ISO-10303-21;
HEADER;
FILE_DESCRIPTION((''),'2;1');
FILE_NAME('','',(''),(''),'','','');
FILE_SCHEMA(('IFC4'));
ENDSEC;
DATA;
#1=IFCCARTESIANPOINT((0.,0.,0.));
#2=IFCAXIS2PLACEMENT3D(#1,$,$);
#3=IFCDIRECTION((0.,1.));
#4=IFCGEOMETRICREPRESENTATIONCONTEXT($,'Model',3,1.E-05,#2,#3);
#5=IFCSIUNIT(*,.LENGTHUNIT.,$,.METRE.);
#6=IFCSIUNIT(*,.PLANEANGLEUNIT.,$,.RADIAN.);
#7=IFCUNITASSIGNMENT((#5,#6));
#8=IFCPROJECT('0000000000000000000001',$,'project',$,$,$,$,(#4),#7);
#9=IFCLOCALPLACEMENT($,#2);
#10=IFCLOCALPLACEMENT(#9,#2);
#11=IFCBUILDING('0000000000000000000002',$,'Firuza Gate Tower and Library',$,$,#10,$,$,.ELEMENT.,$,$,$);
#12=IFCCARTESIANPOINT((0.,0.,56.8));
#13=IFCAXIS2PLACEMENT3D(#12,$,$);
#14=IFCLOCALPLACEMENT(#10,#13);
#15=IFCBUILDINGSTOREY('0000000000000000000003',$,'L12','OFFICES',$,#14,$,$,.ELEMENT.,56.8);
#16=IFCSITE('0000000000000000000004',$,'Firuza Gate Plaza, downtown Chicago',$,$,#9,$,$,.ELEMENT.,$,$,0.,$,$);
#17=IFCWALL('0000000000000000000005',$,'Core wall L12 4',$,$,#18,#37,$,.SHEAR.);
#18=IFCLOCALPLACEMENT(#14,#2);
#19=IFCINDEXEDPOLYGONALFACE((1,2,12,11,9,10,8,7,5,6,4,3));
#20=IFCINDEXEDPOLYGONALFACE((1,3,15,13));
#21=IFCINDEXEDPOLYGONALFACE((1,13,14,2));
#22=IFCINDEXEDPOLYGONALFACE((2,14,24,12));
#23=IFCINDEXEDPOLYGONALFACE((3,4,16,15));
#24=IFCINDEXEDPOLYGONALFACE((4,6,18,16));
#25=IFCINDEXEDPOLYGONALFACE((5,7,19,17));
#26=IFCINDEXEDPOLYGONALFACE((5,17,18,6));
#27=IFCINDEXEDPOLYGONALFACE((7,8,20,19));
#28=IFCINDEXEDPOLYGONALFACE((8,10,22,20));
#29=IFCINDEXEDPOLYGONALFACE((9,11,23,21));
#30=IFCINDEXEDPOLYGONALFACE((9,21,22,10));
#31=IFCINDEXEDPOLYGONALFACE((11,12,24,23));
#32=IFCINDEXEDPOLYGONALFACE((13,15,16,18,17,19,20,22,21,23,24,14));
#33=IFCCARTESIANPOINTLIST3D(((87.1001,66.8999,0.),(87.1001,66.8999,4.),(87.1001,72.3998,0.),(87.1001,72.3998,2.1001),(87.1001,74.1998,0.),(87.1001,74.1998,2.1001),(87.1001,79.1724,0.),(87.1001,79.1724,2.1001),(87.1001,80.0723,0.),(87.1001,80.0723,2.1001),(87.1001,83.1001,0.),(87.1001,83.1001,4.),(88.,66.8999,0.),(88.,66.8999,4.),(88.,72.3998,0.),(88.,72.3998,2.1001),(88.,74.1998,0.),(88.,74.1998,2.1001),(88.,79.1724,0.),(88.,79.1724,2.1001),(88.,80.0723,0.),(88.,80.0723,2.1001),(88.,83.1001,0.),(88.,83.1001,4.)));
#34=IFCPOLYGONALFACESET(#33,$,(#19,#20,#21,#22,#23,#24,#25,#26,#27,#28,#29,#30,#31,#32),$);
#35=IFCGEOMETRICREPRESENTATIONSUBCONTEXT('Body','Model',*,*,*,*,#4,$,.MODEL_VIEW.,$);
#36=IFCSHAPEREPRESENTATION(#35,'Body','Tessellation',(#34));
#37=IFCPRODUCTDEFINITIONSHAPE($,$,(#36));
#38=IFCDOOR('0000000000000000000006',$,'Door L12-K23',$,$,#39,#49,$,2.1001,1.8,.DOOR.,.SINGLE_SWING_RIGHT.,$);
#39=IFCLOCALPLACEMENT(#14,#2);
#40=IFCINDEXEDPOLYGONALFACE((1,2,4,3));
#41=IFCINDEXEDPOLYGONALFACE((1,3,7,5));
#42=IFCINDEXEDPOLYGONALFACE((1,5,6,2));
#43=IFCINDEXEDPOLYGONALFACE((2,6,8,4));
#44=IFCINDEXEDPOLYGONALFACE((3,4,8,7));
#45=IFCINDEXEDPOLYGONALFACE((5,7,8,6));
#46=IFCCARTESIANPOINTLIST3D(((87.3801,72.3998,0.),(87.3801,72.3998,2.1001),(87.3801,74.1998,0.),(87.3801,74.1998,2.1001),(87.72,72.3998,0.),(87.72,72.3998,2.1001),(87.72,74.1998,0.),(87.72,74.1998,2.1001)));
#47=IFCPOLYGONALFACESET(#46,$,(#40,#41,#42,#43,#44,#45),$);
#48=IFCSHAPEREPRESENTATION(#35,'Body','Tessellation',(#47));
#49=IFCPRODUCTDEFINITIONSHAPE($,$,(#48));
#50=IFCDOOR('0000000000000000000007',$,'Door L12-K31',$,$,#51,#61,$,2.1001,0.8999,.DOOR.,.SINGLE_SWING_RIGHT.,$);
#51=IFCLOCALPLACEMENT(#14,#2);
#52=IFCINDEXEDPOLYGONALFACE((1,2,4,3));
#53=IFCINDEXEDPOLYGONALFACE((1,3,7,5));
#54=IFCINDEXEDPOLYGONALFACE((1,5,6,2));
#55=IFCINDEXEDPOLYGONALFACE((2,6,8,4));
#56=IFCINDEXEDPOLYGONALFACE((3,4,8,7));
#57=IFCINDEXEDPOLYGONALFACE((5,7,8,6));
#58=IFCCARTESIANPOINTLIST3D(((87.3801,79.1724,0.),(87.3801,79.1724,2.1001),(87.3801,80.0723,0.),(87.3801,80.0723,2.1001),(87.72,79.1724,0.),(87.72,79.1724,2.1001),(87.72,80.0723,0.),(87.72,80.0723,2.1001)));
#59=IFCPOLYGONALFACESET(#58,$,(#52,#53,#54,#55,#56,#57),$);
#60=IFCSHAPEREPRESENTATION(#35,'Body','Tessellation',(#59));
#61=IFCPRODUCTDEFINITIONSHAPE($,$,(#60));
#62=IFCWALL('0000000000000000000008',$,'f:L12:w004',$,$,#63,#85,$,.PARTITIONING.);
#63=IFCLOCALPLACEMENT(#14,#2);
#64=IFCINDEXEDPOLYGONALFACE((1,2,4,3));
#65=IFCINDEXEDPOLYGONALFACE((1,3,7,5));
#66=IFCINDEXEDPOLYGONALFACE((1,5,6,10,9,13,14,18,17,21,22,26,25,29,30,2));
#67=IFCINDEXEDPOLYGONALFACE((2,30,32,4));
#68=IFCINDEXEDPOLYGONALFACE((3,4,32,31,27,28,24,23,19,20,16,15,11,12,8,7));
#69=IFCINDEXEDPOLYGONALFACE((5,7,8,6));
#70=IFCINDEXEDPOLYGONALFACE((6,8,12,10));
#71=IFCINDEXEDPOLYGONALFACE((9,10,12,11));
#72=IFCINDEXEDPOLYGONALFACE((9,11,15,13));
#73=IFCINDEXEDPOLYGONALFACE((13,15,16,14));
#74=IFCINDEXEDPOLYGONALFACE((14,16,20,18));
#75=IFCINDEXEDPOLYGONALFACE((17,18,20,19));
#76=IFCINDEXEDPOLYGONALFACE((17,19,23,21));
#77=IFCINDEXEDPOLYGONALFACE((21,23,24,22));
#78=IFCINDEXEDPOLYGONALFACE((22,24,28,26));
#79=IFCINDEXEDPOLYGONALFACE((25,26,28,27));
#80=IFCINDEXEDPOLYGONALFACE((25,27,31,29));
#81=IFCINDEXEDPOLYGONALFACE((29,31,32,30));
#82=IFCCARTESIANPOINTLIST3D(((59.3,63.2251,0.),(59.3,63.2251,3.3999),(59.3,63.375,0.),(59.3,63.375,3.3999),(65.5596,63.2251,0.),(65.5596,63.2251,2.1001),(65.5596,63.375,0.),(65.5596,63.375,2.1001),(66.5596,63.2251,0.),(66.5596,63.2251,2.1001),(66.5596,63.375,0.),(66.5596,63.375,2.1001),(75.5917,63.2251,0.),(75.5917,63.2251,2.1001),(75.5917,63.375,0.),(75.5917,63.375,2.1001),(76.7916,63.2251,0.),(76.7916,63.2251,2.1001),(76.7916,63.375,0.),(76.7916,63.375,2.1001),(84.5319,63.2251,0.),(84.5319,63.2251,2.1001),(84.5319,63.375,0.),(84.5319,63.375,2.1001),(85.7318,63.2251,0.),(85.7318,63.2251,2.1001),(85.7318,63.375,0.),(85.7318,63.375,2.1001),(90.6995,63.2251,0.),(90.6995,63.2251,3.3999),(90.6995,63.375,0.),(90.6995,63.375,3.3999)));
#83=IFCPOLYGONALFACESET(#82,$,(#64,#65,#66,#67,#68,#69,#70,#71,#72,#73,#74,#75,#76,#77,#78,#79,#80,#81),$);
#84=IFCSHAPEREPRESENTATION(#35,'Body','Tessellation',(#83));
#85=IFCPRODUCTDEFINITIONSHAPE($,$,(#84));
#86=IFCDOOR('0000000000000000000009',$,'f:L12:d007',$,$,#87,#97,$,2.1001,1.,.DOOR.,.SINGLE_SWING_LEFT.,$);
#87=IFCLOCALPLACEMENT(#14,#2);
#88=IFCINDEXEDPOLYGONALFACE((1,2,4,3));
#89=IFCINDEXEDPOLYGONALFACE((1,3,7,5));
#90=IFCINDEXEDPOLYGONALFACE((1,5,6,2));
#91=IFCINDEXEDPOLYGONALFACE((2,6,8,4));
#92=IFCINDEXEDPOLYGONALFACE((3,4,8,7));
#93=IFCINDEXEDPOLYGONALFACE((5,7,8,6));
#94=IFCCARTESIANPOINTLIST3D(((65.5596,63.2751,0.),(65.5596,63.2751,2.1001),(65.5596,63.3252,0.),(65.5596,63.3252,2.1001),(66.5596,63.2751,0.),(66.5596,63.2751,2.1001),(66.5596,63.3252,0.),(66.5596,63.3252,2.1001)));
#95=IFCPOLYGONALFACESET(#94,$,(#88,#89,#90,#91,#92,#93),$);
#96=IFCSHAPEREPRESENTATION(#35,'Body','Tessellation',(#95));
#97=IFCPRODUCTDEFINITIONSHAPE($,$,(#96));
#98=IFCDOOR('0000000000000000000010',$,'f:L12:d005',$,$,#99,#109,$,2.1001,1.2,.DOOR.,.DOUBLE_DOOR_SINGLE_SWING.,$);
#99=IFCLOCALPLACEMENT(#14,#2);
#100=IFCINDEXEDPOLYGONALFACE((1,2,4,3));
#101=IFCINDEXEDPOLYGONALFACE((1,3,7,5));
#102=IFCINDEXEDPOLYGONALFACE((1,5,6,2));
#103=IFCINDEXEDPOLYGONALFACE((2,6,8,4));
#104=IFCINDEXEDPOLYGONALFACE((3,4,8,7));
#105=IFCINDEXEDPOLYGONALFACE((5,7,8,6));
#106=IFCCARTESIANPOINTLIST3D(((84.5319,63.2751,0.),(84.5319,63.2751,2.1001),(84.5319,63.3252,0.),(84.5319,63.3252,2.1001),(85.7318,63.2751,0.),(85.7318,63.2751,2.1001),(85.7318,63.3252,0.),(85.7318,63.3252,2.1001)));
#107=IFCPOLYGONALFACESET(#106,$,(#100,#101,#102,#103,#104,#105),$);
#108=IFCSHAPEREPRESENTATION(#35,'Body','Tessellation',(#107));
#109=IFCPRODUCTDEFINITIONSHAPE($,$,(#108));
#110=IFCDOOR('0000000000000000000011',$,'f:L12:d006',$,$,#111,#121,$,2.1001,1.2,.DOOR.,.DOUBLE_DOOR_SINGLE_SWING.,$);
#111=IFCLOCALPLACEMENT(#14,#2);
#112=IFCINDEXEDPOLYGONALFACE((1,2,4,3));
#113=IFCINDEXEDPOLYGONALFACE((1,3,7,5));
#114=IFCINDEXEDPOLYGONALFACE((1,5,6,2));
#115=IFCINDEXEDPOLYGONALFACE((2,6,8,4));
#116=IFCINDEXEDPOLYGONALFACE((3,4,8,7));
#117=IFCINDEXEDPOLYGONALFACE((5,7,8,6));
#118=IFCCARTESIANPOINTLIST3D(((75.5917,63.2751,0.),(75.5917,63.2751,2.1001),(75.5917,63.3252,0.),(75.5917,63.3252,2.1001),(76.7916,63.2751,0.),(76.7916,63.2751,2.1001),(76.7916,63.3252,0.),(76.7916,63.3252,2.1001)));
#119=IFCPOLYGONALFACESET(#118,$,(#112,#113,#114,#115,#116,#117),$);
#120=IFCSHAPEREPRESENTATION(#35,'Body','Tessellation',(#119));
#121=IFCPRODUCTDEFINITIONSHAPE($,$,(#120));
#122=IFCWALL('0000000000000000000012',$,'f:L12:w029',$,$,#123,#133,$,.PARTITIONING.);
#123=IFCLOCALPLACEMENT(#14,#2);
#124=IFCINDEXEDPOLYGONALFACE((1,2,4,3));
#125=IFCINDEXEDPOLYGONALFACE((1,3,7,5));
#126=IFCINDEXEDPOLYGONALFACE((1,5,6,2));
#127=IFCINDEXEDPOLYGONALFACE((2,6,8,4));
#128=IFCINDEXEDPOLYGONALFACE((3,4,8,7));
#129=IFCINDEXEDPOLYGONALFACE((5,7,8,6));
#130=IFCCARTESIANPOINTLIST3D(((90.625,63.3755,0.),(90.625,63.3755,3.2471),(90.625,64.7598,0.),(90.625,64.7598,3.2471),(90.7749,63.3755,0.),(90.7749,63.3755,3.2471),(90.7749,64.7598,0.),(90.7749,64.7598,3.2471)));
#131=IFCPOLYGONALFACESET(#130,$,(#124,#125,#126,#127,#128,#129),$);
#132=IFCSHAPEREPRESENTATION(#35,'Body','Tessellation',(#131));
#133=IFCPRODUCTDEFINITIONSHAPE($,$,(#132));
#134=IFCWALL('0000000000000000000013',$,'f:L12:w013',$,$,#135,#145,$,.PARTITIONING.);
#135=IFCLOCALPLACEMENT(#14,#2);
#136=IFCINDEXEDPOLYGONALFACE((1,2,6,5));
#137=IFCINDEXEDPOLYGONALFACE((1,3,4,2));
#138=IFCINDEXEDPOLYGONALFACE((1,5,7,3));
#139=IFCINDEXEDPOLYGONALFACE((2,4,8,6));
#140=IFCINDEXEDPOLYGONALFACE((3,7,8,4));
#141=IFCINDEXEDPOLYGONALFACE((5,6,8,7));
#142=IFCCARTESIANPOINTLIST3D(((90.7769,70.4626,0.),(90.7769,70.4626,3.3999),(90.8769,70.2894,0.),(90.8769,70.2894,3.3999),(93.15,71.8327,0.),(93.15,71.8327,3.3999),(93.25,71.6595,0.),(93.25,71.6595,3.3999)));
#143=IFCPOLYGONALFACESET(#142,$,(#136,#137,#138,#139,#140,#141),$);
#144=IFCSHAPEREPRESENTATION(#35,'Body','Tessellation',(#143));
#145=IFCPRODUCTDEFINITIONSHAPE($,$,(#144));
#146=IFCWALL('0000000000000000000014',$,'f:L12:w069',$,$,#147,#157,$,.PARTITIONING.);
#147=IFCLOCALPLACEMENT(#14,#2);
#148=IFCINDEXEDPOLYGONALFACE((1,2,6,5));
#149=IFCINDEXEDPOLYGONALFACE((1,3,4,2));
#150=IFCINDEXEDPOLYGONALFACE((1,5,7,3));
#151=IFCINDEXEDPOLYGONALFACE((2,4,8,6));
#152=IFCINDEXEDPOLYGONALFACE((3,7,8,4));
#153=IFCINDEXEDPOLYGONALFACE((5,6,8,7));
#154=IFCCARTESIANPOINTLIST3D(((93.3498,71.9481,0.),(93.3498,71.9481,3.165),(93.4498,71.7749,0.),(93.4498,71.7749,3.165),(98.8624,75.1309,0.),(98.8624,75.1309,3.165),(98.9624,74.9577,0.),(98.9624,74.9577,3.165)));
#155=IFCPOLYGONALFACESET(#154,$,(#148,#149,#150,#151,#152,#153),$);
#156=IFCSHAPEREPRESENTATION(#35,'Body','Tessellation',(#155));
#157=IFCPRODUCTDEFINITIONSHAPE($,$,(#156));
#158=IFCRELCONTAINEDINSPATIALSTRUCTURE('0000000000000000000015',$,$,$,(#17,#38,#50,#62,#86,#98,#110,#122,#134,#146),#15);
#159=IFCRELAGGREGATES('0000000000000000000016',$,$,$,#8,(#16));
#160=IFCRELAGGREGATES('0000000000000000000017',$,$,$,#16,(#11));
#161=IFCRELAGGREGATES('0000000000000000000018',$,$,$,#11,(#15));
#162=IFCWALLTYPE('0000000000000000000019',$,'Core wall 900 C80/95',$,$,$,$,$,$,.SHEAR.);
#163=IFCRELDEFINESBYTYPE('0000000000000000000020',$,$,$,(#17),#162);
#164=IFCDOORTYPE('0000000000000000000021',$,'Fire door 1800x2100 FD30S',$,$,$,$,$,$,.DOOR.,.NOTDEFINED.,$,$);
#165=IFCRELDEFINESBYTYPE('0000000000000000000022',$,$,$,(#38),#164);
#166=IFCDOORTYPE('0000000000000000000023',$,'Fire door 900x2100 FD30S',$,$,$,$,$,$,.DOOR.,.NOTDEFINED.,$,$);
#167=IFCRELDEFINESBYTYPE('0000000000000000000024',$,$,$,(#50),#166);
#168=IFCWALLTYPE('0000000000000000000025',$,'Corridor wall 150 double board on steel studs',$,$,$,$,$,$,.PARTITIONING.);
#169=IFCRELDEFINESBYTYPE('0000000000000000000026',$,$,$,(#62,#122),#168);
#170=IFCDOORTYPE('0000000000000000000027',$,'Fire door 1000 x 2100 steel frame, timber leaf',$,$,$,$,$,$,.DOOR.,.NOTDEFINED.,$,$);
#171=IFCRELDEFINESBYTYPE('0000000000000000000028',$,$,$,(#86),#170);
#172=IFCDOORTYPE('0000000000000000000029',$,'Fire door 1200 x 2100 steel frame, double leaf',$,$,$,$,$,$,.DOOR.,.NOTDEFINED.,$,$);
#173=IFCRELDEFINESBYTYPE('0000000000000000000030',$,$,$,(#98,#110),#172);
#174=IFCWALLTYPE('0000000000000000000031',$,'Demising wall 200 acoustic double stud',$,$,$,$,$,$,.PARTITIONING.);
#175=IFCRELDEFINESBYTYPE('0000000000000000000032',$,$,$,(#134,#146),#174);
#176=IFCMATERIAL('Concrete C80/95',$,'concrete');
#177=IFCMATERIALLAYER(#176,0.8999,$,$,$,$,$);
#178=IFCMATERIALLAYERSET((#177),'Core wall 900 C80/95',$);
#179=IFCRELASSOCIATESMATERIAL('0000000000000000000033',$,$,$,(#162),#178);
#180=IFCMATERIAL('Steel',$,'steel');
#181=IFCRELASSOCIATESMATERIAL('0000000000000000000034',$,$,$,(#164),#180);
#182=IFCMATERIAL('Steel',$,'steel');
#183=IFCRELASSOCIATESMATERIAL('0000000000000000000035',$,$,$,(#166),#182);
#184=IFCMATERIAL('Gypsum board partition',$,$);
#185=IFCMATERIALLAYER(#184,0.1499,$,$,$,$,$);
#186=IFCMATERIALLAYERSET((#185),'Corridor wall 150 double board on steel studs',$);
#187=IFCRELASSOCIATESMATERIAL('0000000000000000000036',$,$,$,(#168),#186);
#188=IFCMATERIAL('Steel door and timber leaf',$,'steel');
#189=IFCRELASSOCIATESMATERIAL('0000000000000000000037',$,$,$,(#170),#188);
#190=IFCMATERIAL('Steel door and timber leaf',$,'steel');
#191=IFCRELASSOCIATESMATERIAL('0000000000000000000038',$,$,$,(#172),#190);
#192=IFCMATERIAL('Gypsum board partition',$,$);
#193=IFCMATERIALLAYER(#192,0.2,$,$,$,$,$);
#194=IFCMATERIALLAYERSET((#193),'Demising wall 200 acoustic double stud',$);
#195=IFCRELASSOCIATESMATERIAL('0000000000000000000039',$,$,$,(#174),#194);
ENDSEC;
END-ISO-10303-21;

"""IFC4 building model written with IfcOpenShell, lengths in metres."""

from ifc_helpers import new_model, si_unit, direction, frame, frame_2d, origin, place, context, subcontext, project, spatial, rectangle, extrude, material, layer, layer_set, type_object, element, fill, save


model = new_model("IFC4")

# Units and contexts
model_context = context("Model", 3, precision=1e-05, world=origin(), true_north=direction((0.0, 1.0)))
body_context = subcontext(model_context, "Body", "Model", "MODEL_VIEW")
ifc_project = project(units=[si_unit("LENGTHUNIT", "METRE"), si_unit("PLANEANGLEUNIT", "RADIAN")], contexts=[model_context])

# Site, building, storey
site_placement = place(None, origin())
site = spatial("IfcSite", under=ifc_project, at=site_placement, Name="Firuza Gate Plaza, downtown Chicago", CompositionType="ELEMENT", RefElevation=0.0)
building_placement = place(site_placement, origin())
building = spatial("IfcBuilding", under=site, at=building_placement, Name="Firuza Gate Tower and Library", CompositionType="ELEMENT")
storey_placement = place(building_placement, frame((0.0, 0.0, 56.8)))
storey = spatial("IfcBuildingStorey", under=building, at=storey_placement, Name="L12", Description="OFFICES", CompositionType="ELEMENT", Elevation=56.8)

# Walls, openings, doors
ifc_material_1 = material(Name="Concrete C80/95", Category="concrete")
ifc_layer_1 = layer(ifc_material_1, 0.8999)
ifc_layer_set_1 = layer_set([ifc_layer_1], Name="Core wall 900 C80/95")
wall_type_1 = type_object("IfcWallType", Name="Core wall 900 C80/95", PredefinedType="SHEAR", material=ifc_layer_set_1)
wall_1_placement = place(storey_placement, frame((87.55, 66.8999, 0.0), z_axis=(0.0, 0.0, 1.0), x_axis=(0.0, 1.0, 0.0)))
wall_1 = element("IfcWall", 1, at=wall_1_placement, inside=storey, type_object=wall_type_1, Name="Core wall L12 4", PredefinedType="SHEAR", context=body_context, shape_type="SweptSolid", body=[
    extrude(rectangle(XDim=16.2002, YDim=0.8999, at=frame_2d((8.1001, 0.0))), origin(), (0.0, 0.0, 1.0), 4.0),
])
opening_1_placement = place(wall_1_placement, frame((5.5, 0.0, 0.0)))
opening_1 = element("IfcOpeningElement", 2, at=opening_1_placement, cuts=wall_1, PredefinedType="OPENING", context=body_context, shape_type="SweptSolid", body=[
    extrude(rectangle(XDim=1.8, YDim=2.1001, at=frame_2d((0.8999, 1.05))), frame((0.0, 0.46, 0.0), z_axis=(0.0, -1.0, 0.0), x_axis=(1.0, 0.0, 0.0)), (0.0, 0.0, 1.0), 0.9199),
])
opening_2_placement = place(wall_1_placement, frame((12.2725, 0.0, 0.0)))
opening_2 = element("IfcOpeningElement", 3, at=opening_2_placement, cuts=wall_1, PredefinedType="OPENING", context=body_context, shape_type="SweptSolid", body=[
    extrude(rectangle(XDim=0.8999, YDim=2.1001, at=frame_2d((0.45, 1.05))), frame((0.0, 0.46, 0.0), z_axis=(0.0, -1.0, 0.0), x_axis=(1.0, 0.0, 0.0)), (0.0, 0.0, 1.0), 0.9199),
])
ifc_material_2 = material(Name="Steel", Category="steel")
door_type_1 = type_object("IfcDoorType", Name="Fire door 1800x2100 FD30S", OperationType="NOTDEFINED", PredefinedType="DOOR", material=ifc_material_2)
door_1_placement = place(opening_1_placement, origin())
door_1 = element("IfcDoor", 4, at=door_1_placement, inside=storey, type_object=door_type_1, Name="Door L12-K23", OperationType="SINGLE_SWING_RIGHT", OverallHeight=2.1001, OverallWidth=1.8, PredefinedType="DOOR", context=body_context, shape_type="SweptSolid", body=[
    extrude(rectangle(XDim=1.8, YDim=2.1001, at=frame_2d((0.8999, 1.05))), frame((0.0, 0.1699, 0.0), z_axis=(0.0, -1.0, 0.0), x_axis=(1.0, 0.0, 0.0)), (0.0, 0.0, 1.0), 0.3398),
])
fill(opening_1, door_1)
ifc_material_3 = material(Name="Steel", Category="steel")
door_type_2 = type_object("IfcDoorType", Name="Fire door 900x2100 FD30S", OperationType="NOTDEFINED", PredefinedType="DOOR", material=ifc_material_3)
door_2_placement = place(opening_2_placement, origin())
door_2 = element("IfcDoor", 5, at=door_2_placement, inside=storey, type_object=door_type_2, Name="Door L12-K31", OperationType="SINGLE_SWING_RIGHT", OverallHeight=2.1001, OverallWidth=0.8999, PredefinedType="DOOR", context=body_context, shape_type="SweptSolid", body=[
    extrude(rectangle(XDim=0.8999, YDim=2.1001, at=frame_2d((0.45, 1.05))), frame((0.0, 0.1699, 0.0), z_axis=(0.0, -1.0, 0.0), x_axis=(1.0, 0.0, 0.0)), (0.0, 0.0, 1.0), 0.3398),
])
fill(opening_2, door_2)
ifc_material_4 = material(Name="Gypsum board partition")
ifc_layer_2 = layer(ifc_material_4, 0.1499)
ifc_layer_set_2 = layer_set([ifc_layer_2], Name="Corridor wall 150 double board on steel studs")
wall_type_2 = type_object("IfcWallType", Name="Corridor wall 150 double board on steel studs", PredefinedType="PARTITIONING", material=ifc_layer_set_2)
wall_2_placement = place(storey_placement, frame((90.6995, 63.3, 0.0), z_axis=(0.0, 0.0, 1.0), x_axis=(-1.0, 0.0, 0.0)))
wall_2 = element("IfcWall", 6, at=wall_2_placement, inside=storey, type_object=wall_type_2, Name="f:L12:w004", PredefinedType="PARTITIONING", context=body_context, shape_type="SweptSolid", body=[
    extrude(rectangle(XDim=31.3994, YDim=0.1499, at=frame_2d((15.6997, 0.0))), origin(), (0.0, 0.0, 1.0), 3.3999),
])
opening_3_placement = place(wall_2_placement, frame((4.9675, 0.0, 0.0)))
opening_3 = element("IfcOpeningElement", 7, at=opening_3_placement, cuts=wall_2, PredefinedType="OPENING", context=body_context, shape_type="SweptSolid", body=[
    extrude(rectangle(XDim=1.2, YDim=2.1001, at=frame_2d((0.6001, 1.05))), frame((0.0, 0.085, 0.0), z_axis=(0.0, -1.0, 0.0), x_axis=(1.0, 0.0, 0.0)), (0.0, 0.0, 1.0), 0.1699),
])
opening_4_placement = place(wall_2_placement, frame((13.9077, 0.0, 0.0)))
opening_4 = element("IfcOpeningElement", 8, at=opening_4_placement, cuts=wall_2, PredefinedType="OPENING", context=body_context, shape_type="SweptSolid", body=[
    extrude(rectangle(XDim=1.2, YDim=2.1001, at=frame_2d((0.6001, 1.05))), frame((0.0, 0.085, 0.0), z_axis=(0.0, -1.0, 0.0), x_axis=(1.0, 0.0, 0.0)), (0.0, 0.0, 1.0), 0.1699),
])
opening_5_placement = place(wall_2_placement, frame((24.1399, 0.0, 0.0)))
opening_5 = element("IfcOpeningElement", 9, at=opening_5_placement, cuts=wall_2, PredefinedType="OPENING", context=body_context, shape_type="SweptSolid", body=[
    extrude(rectangle(XDim=1.0, YDim=2.1001, at=frame_2d((0.5, 1.05))), frame((0.0, 0.085, 0.0), z_axis=(0.0, -1.0, 0.0), x_axis=(1.0, 0.0, 0.0)), (0.0, 0.0, 1.0), 0.1699),
])
ifc_material_5 = material(Name="Steel door and timber leaf", Category="steel")
door_type_3 = type_object("IfcDoorType", Name="Fire door 1000 x 2100 steel frame, timber leaf", OperationType="NOTDEFINED", PredefinedType="DOOR", material=ifc_material_5)
door_3_placement = place(opening_5_placement, origin())
door_3 = element("IfcDoor", 10, at=door_3_placement, inside=storey, type_object=door_type_3, Name="f:L12:d007", OperationType="SINGLE_SWING_LEFT", OverallHeight=2.1001, OverallWidth=1.0, PredefinedType="DOOR", context=body_context, shape_type="SweptSolid", body=[
    extrude(rectangle(XDim=1.0, YDim=2.1001, at=frame_2d((0.5, 1.05))), frame((0.0, 0.0249, 0.0), z_axis=(0.0, -1.0, 0.0), x_axis=(1.0, 0.0, 0.0)), (0.0, 0.0, 1.0), 0.05),
])
fill(opening_5, door_3)
ifc_material_6 = material(Name="Steel door and timber leaf", Category="steel")
door_type_4 = type_object("IfcDoorType", Name="Fire door 1200 x 2100 steel frame, double leaf", OperationType="NOTDEFINED", PredefinedType="DOOR", material=ifc_material_6)
door_4_placement = place(opening_3_placement, origin())
door_4 = element("IfcDoor", 11, at=door_4_placement, inside=storey, type_object=door_type_4, Name="f:L12:d005", OperationType="DOUBLE_DOOR_SINGLE_SWING", OverallHeight=2.1001, OverallWidth=1.2, PredefinedType="DOOR", context=body_context, shape_type="SweptSolid", body=[
    extrude(rectangle(XDim=1.2, YDim=2.1001, at=frame_2d((0.6001, 1.05))), frame((0.0, 0.0249, 0.0), z_axis=(0.0, -1.0, 0.0), x_axis=(1.0, 0.0, 0.0)), (0.0, 0.0, 1.0), 0.05),
])
fill(opening_3, door_4)
door_5_placement = place(opening_4_placement, origin())
door_5 = element("IfcDoor", 12, at=door_5_placement, inside=storey, type_object=door_type_4, Name="f:L12:d006", OperationType="DOUBLE_DOOR_SINGLE_SWING", OverallHeight=2.1001, OverallWidth=1.2, PredefinedType="DOOR", context=body_context, shape_type="SweptSolid", body=[
    extrude(rectangle(XDim=1.2, YDim=2.1001, at=frame_2d((0.6001, 1.05))), frame((0.0, 0.0249, 0.0), z_axis=(0.0, -1.0, 0.0), x_axis=(1.0, 0.0, 0.0)), (0.0, 0.0, 1.0), 0.05),
])
fill(opening_4, door_5)

# Walls
wall_3_placement = place(storey_placement, frame((90.7, 63.3755, 0.0), z_axis=(0.0, 0.0, 1.0), x_axis=(0.0, 1.0, 0.0)))
element("IfcWall", 13, at=wall_3_placement, inside=storey, type_object=wall_type_2, Name="f:L12:w029", PredefinedType="PARTITIONING", context=body_context, shape_type="SweptSolid", body=[
    extrude(rectangle(XDim=1.3843, YDim=0.1499, at=frame_2d((0.6921, 0.0))), origin(), (0.0, 0.0, 1.0), 3.2471),
])
ifc_material_7 = material(Name="Gypsum board partition")
ifc_layer_3 = layer(ifc_material_7, 0.2)
ifc_layer_set_3 = layer_set([ifc_layer_3], Name="Demising wall 200 acoustic double stud")
wall_type_3 = type_object("IfcWallType", Name="Demising wall 200 acoustic double stud", PredefinedType="PARTITIONING", material=ifc_layer_set_3)
wall_4_placement = place(storey_placement, frame((90.8269, 70.376, 0.0), z_axis=(0.0, 0.0, 1.0), x_axis=(0.866019, 0.50001, 0.0)))
element("IfcWall", 14, at=wall_4_placement, inside=storey, type_object=wall_type_3, Name="f:L12:w013", PredefinedType="PARTITIONING", context=body_context, shape_type="SweptSolid", body=[
    extrude(rectangle(XDim=2.7402, YDim=0.2, at=frame_2d((1.3701, 0.0))), origin(), (0.0, 0.0, 1.0), 3.3999),
])
wall_5_placement = place(storey_placement, frame((93.3999, 71.8616, 0.0), z_axis=(0.0, 0.0, 1.0), x_axis=(0.866018, 0.500012, 0.0)))
element("IfcWall", 15, at=wall_5_placement, inside=storey, type_object=wall_type_3, Name="f:L12:w069", PredefinedType="PARTITIONING", context=body_context, shape_type="SweptSolid", body=[
    extrude(rectangle(XDim=6.3655, YDim=0.2, at=frame_2d((3.1826, 0.0))), origin(), (0.0, 0.0, 1.0), 3.165),
])

save(model, "model.ifc")
